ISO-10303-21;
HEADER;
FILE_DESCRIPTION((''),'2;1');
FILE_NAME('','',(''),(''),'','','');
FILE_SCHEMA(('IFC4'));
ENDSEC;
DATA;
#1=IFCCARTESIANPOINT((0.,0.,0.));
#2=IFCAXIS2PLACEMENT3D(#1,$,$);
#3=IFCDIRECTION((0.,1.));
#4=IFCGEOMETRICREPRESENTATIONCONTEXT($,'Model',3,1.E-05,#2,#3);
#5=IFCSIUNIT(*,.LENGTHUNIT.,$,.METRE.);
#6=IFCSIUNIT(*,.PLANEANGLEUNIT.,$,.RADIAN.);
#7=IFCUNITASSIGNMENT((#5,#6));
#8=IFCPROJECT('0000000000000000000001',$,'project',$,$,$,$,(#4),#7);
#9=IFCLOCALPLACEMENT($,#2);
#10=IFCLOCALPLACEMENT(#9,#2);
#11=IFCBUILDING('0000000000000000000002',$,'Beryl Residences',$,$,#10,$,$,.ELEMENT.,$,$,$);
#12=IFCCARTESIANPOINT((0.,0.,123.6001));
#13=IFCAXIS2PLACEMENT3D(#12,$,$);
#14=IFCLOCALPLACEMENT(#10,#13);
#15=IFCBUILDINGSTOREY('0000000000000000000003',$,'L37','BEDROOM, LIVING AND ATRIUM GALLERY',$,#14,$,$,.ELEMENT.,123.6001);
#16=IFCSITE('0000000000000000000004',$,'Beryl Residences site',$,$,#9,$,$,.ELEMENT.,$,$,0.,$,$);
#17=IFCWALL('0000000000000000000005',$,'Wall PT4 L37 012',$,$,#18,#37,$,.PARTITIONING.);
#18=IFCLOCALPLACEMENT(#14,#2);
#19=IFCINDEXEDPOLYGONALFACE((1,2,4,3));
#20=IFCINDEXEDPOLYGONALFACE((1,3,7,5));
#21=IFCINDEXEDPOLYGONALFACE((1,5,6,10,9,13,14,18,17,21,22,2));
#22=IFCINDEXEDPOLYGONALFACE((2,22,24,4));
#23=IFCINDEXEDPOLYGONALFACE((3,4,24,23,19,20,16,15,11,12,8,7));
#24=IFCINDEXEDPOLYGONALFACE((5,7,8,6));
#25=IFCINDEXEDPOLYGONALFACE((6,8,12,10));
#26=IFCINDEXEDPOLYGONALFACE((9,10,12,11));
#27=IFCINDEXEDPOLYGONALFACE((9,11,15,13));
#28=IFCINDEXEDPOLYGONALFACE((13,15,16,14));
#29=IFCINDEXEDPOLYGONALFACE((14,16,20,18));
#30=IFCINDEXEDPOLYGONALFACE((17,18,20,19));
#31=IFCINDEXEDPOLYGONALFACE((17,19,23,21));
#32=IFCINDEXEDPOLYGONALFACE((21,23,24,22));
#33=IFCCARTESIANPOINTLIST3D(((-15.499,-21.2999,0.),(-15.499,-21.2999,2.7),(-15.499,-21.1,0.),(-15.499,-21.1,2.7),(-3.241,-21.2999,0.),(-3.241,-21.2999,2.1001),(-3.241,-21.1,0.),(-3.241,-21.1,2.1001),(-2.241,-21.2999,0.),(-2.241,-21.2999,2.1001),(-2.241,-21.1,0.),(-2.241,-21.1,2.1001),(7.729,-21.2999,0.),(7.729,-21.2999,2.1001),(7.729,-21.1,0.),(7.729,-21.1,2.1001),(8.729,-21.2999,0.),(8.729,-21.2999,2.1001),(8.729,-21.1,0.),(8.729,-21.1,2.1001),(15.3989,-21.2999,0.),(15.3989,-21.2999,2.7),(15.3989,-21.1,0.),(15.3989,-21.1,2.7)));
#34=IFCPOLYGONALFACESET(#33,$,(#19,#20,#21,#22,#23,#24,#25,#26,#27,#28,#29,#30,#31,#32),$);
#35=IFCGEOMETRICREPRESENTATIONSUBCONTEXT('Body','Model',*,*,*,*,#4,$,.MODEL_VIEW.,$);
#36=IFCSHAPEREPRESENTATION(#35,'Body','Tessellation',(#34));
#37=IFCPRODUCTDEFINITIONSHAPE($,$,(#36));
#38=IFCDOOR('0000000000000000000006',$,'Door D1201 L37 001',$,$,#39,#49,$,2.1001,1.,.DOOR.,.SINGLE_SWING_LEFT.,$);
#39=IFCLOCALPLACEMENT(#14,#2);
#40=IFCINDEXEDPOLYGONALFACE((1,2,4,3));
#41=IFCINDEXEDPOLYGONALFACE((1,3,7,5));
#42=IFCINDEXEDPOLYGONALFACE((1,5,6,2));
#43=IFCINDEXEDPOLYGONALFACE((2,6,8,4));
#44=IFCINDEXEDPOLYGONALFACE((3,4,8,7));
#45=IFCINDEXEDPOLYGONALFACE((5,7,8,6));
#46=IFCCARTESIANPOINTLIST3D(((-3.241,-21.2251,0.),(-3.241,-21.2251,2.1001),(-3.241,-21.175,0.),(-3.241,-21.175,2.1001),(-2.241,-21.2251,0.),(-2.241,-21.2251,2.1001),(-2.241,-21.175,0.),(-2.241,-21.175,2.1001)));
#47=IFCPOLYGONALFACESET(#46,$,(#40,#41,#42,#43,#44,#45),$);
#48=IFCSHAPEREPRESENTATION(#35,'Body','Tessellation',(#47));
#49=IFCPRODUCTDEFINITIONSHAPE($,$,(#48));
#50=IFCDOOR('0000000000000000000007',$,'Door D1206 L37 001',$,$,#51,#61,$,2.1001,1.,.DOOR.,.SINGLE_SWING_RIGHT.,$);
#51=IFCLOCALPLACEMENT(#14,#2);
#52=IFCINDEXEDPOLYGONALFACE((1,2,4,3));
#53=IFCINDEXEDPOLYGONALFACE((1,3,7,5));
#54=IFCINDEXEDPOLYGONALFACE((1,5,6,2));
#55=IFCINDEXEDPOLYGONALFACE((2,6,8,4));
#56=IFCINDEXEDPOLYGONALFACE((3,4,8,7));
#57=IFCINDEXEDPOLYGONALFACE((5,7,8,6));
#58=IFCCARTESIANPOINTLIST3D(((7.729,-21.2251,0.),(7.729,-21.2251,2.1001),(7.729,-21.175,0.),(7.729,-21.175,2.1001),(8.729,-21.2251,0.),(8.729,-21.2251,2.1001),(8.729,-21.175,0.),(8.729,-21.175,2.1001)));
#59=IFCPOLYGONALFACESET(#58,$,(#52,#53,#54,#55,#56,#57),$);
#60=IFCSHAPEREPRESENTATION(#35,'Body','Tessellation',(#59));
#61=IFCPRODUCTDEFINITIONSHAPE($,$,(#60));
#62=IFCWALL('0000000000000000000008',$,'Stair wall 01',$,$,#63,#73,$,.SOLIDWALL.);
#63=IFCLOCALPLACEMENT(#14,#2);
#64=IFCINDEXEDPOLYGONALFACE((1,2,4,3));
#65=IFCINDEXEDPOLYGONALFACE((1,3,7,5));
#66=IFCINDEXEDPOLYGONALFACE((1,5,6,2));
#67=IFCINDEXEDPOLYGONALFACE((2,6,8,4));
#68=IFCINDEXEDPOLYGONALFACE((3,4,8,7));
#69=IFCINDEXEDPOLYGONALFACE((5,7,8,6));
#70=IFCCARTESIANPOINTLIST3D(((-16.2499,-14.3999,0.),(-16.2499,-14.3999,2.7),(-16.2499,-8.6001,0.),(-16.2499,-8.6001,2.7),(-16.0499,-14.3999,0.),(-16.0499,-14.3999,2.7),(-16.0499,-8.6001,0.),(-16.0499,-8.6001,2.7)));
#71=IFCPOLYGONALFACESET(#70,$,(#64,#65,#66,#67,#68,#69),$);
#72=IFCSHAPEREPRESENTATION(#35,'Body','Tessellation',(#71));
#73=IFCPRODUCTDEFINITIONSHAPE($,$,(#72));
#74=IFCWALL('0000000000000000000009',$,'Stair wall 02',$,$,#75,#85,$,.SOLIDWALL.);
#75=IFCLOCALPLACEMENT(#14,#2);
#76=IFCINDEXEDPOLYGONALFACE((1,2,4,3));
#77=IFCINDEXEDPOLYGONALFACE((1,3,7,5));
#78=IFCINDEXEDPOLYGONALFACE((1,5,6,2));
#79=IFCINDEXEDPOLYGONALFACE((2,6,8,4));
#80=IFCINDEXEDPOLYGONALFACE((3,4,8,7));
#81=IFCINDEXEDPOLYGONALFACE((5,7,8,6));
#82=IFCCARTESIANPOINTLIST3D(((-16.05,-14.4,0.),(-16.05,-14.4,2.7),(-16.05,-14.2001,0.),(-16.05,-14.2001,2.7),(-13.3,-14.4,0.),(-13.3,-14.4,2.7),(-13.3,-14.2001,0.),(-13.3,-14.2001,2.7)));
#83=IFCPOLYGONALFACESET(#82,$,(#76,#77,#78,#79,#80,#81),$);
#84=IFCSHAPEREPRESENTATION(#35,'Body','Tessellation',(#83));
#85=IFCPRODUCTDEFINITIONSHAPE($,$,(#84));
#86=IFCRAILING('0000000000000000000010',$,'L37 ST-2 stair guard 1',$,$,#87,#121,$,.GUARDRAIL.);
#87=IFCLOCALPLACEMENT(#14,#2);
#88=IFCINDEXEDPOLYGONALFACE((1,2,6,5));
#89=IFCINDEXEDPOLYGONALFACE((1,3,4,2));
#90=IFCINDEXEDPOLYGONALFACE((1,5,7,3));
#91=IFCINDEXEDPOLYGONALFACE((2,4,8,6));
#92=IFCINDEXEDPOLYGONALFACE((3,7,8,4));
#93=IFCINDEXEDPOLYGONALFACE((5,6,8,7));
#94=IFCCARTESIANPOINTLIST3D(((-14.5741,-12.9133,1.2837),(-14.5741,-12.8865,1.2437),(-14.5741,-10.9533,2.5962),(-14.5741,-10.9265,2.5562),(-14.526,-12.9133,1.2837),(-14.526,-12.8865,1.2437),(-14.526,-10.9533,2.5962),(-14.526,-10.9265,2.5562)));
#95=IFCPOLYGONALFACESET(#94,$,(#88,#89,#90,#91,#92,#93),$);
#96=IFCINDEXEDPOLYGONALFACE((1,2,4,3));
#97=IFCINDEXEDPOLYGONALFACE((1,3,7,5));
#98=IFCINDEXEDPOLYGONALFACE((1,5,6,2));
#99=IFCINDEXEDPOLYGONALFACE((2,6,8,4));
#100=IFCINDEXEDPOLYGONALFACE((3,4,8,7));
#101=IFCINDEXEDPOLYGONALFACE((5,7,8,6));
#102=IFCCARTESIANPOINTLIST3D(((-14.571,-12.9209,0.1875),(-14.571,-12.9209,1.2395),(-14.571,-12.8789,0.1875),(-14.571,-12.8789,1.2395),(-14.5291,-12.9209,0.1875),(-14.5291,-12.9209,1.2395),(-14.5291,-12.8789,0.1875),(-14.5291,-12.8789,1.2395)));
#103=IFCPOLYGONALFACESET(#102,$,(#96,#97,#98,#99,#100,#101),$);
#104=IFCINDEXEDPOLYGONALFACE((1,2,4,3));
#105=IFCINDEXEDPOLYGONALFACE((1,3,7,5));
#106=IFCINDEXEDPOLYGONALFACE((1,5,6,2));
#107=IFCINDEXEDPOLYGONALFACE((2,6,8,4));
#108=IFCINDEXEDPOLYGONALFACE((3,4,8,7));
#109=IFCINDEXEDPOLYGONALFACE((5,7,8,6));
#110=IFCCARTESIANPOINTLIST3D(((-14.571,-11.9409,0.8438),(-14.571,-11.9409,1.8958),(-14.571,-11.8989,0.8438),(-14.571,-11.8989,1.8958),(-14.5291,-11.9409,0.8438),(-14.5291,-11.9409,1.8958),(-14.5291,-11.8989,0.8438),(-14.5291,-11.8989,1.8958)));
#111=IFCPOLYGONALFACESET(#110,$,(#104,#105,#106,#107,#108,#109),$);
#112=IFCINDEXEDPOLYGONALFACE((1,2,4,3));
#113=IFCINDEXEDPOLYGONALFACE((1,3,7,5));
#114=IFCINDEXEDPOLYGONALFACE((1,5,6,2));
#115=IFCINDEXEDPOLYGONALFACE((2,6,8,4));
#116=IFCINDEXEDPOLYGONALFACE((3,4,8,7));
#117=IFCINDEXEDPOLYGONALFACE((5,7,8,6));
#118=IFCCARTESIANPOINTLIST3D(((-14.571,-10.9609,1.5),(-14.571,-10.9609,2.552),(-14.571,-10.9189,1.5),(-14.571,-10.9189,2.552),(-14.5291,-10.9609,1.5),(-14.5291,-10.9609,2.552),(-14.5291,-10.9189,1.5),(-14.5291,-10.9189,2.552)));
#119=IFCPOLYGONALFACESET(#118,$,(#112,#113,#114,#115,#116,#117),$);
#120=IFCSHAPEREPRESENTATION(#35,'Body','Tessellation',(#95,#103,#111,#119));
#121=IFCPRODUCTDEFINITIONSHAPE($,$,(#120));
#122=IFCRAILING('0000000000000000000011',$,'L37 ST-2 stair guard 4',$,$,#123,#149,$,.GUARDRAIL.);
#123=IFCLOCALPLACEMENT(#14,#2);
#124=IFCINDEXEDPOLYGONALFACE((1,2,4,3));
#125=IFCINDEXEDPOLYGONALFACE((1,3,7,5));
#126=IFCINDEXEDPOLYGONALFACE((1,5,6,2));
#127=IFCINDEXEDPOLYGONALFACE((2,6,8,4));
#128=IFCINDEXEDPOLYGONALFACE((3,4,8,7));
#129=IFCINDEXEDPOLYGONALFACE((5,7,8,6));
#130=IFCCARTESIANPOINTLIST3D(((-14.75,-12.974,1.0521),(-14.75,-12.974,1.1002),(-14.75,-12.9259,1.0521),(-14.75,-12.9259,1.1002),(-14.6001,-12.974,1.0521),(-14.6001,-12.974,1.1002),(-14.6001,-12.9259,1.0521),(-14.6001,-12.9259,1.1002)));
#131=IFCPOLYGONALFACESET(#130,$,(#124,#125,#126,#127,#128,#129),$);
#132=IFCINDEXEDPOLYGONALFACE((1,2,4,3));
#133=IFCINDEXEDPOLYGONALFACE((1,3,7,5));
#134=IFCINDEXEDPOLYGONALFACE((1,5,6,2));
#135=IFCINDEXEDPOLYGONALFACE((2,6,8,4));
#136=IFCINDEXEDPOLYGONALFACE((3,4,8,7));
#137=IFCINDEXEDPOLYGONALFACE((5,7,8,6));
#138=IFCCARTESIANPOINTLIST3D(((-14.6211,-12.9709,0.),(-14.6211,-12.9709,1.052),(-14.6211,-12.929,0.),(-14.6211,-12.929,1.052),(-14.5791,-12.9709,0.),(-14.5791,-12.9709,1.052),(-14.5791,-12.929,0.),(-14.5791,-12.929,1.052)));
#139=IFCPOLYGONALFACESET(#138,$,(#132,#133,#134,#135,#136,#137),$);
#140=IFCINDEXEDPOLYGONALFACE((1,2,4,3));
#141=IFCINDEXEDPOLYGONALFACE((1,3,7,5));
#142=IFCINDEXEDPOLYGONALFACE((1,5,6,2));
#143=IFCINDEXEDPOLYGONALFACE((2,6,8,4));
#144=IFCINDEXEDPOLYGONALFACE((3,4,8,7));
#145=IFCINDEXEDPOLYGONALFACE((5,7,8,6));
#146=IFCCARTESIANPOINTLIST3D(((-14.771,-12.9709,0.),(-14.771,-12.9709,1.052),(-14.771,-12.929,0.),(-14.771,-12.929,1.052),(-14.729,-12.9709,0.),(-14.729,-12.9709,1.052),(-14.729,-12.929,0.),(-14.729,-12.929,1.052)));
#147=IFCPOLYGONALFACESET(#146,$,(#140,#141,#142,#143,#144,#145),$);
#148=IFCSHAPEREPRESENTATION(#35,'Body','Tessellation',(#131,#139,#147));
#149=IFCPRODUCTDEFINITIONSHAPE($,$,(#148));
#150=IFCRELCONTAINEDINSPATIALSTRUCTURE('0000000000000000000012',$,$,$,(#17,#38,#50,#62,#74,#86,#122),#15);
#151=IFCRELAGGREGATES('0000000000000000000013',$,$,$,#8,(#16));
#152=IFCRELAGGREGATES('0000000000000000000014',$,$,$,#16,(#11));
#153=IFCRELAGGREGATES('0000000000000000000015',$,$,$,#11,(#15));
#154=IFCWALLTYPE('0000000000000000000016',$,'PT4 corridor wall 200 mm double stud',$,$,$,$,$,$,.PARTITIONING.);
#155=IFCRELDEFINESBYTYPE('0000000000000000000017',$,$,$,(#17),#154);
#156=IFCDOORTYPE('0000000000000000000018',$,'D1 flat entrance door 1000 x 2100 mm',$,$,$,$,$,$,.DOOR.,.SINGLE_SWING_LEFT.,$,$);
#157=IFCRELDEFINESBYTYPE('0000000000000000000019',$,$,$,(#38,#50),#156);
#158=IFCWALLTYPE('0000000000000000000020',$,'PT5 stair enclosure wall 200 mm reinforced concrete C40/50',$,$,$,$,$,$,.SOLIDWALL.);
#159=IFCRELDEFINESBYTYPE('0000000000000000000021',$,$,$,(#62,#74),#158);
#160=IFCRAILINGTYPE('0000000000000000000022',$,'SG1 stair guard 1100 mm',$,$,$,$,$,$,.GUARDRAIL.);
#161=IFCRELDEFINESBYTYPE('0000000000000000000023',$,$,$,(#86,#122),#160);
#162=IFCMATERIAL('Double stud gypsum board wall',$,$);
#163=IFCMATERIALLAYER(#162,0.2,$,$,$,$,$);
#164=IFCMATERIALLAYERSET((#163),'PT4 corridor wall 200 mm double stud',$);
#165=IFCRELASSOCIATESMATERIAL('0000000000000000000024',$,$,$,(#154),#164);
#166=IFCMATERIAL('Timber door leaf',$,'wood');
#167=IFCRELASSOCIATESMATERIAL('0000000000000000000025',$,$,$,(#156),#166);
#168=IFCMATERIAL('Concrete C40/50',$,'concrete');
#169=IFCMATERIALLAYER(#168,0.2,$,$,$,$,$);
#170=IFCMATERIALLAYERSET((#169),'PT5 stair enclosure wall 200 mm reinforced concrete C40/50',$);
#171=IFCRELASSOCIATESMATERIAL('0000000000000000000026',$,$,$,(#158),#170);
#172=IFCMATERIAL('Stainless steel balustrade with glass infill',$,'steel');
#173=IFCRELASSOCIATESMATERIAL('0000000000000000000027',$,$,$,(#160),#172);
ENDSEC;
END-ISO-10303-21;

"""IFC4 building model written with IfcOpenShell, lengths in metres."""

from ifc_helpers import new_model, si_unit, direction, frame, frame_2d, origin, origin_2d, place, context, subcontext, project, spatial, rectangle, extrude, material, layer, layer_set, type_object, element, fill, save


model = new_model("IFC4")

# Units and contexts
model_context = context("Model", 3, precision=1e-05, world=origin(), true_north=direction((0.0, 1.0)))
body_context = subcontext(model_context, "Body", "Model", "MODEL_VIEW")
ifc_project = project(units=[si_unit("LENGTHUNIT", "METRE"), si_unit("PLANEANGLEUNIT", "RADIAN")], contexts=[model_context])

# Site, building, storey
site_placement = place(None, origin())
site = spatial("IfcSite", under=ifc_project, at=site_placement, Name="Beryl Residences site", CompositionType="ELEMENT", RefElevation=0.0)
building_placement = place(site_placement, origin())
building = spatial("IfcBuilding", under=site, at=building_placement, Name="Beryl Residences", CompositionType="ELEMENT")
storey_placement = place(building_placement, frame((0.0, 0.0, 123.6001)))
storey = spatial("IfcBuildingStorey", under=building, at=storey_placement, Name="L37", Description="BEDROOM, LIVING AND ATRIUM GALLERY", CompositionType="ELEMENT", Elevation=123.6001)

# Shared definitions
ifc_material_1 = material(Name="Double stud gypsum board wall")
ifc_layer_1 = layer(ifc_material_1, 0.2)
ifc_layer_set_1 = layer_set([ifc_layer_1], Name="PT4 corridor wall 200 mm double stud")
wall_type_1 = type_object("IfcWallType", Name="PT4 corridor wall 200 mm double stud", PredefinedType="PARTITIONING", material=ifc_layer_set_1)

# Wall, openings, doors
wall_1_placement = place(storey_placement, frame((-15.499, -21.2, 0.0), z_axis=(0.0, 0.0, 1.0), x_axis=(1.0, 0.0, 0.0)))
wall_1 = element("IfcWall", 1, at=wall_1_placement, inside=storey, type_object=wall_type_1, Name="Wall PT4 L37 012", PredefinedType="PARTITIONING", context=body_context, shape_type="SweptSolid", body=[
    extrude(rectangle(XDim=30.8979, YDim=0.2, at=frame_2d((15.449, 0.0))), origin(), (0.0, 0.0, 1.0), 2.7),
])
opening_1_placement = place(wall_1_placement, frame((12.2581, 0.0, 0.0)))
opening_1 = element("IfcOpeningElement", 2, at=opening_1_placement, cuts=wall_1, PredefinedType="OPENING", context=body_context, shape_type="SweptSolid", body=[
    extrude(rectangle(XDim=1.0, YDim=2.1001, at=frame_2d((0.5, 1.05))), frame((0.0, 0.1099, 0.0), z_axis=(0.0, -1.0, 0.0), x_axis=(1.0, 0.0, 0.0)), (0.0, 0.0, 1.0), 0.22),
])
opening_2_placement = place(wall_1_placement, frame((23.228, 0.0, 0.0)))
opening_2 = element("IfcOpeningElement", 3, at=opening_2_placement, cuts=wall_1, PredefinedType="OPENING", context=body_context, shape_type="SweptSolid", body=[
    extrude(rectangle(XDim=1.0, YDim=2.1001, at=frame_2d((0.5, 1.05))), frame((0.0, 0.1099, 0.0), z_axis=(0.0, -1.0, 0.0), x_axis=(1.0, 0.0, 0.0)), (0.0, 0.0, 1.0), 0.22),
])
ifc_material_2 = material(Name="Timber door leaf", Category="wood")
door_type_1 = type_object("IfcDoorType", Name="D1 flat entrance door 1000 x 2100 mm", OperationType="SINGLE_SWING_LEFT", PredefinedType="DOOR", material=ifc_material_2)
door_1_placement = place(opening_1_placement, origin())
door_1 = element("IfcDoor", 4, at=door_1_placement, inside=storey, type_object=door_type_1, Name="Door D1201 L37 001", OperationType="SINGLE_SWING_LEFT", OverallHeight=2.1001, OverallWidth=1.0, PredefinedType="DOOR", context=body_context, shape_type="SweptSolid", body=[
    extrude(rectangle(XDim=1.0, YDim=2.1001, at=frame_2d((0.5, 1.05))), frame((0.0, 0.0249, 0.0), z_axis=(0.0, -1.0, 0.0), x_axis=(1.0, 0.0, 0.0)), (0.0, 0.0, 1.0), 0.05),
])
fill(opening_1, door_1)
door_2_placement = place(opening_2_placement, origin())
door_2 = element("IfcDoor", 5, at=door_2_placement, inside=storey, type_object=door_type_1, Name="Door D1206 L37 001", OperationType="SINGLE_SWING_RIGHT", OverallHeight=2.1001, OverallWidth=1.0, PredefinedType="DOOR", context=body_context, shape_type="SweptSolid", body=[
    extrude(rectangle(XDim=1.0, YDim=2.1001, at=frame_2d((0.5, 1.05))), frame((0.0, 0.0249, 0.0), z_axis=(0.0, -1.0, 0.0), x_axis=(1.0, 0.0, 0.0)), (0.0, 0.0, 1.0), 0.05),
])
fill(opening_2, door_2)

# Walls
ifc_material_3 = material(Name="Concrete C40/50", Category="concrete")
ifc_layer_2 = layer(ifc_material_3, 0.2)
ifc_layer_set_2 = layer_set([ifc_layer_2], Name="PT5 stair enclosure wall 200 mm reinforced concrete C40/50")
wall_type_2 = type_object("IfcWallType", Name="PT5 stair enclosure wall 200 mm reinforced concrete C40/50", PredefinedType="SOLIDWALL", material=ifc_layer_set_2)
wall_2_placement = place(storey_placement, frame((-16.1499, -14.3999, 0.0), z_axis=(0.0, 0.0, 1.0), x_axis=(0.0, 1.0, 0.0)))
element("IfcWall", 6, at=wall_2_placement, inside=storey, type_object=wall_type_2, Name="Stair wall 01", PredefinedType="SOLIDWALL", context=body_context, shape_type="SweptSolid", body=[
    extrude(rectangle(XDim=5.7998, YDim=0.2, at=frame_2d((2.8999, 0.0))), origin(), (0.0, 0.0, 1.0), 2.7),
])
wall_3_placement = place(storey_placement, frame((-16.05, -14.3, 0.0), z_axis=(0.0, 0.0, 1.0), x_axis=(1.0, 0.0, 0.0)))
element("IfcWall", 7, at=wall_3_placement, inside=storey, type_object=wall_type_2, Name="Stair wall 02", PredefinedType="SOLIDWALL", context=body_context, shape_type="SweptSolid", body=[
    extrude(rectangle(XDim=2.75, YDim=0.2, at=frame_2d((1.375, 0.0))), origin(), (0.0, 0.0, 1.0), 2.7),
])

# Railings
ifc_material_4 = material(Name="Stainless steel balustrade with glass infill", Category="steel")
railing_type = type_object("IfcRailingType", Name="SG1 stair guard 1100 mm", PredefinedType="GUARDRAIL", material=ifc_material_4)
railing_1_placement = place(storey_placement, frame((-14.55, -12.8999, 0.1875)))
element("IfcRailing", 8, at=railing_1_placement, inside=storey, type_object=railing_type, Name="L37 ST-2 stair guard 1", PredefinedType="GUARDRAIL", context=body_context, shape_type="SweptSolid", body=[
    extrude(rectangle(XDim=0.0481, YDim=0.0481, at=origin_2d()), frame((0.0, 0.0, 1.0762), z_axis=(0.0, 0.830902, 0.556419), x_axis=(-1.0, 0.0, 0.0)), (0.0, 0.0, 1.0), 2.3589),
    extrude(rectangle(XDim=0.042, YDim=0.042, at=origin_2d()), origin(), (0.0, 0.0, 1.0), 1.052),
    extrude(rectangle(XDim=0.042, YDim=0.042, at=origin_2d()), frame((0.0, 0.98, 0.6562)), (0.0, 0.0, 1.0), 1.052),
    extrude(rectangle(XDim=0.042, YDim=0.042, at=origin_2d()), frame((0.0, 1.96, 1.3125)), (0.0, 0.0, 1.0), 1.052),
])
railing_2_placement = place(storey_placement, frame((-14.6001, -12.95, 0.0)))
element("IfcRailing", 9, at=railing_2_placement, inside=storey, type_object=railing_type, Name="L37 ST-2 stair guard 4", PredefinedType="GUARDRAIL", context=body_context, shape_type="SweptSolid", body=[
    extrude(rectangle(XDim=0.0481, YDim=0.0481, at=origin_2d()), frame((0.0, 0.0, 1.0762), z_axis=(-1.0, 0.0, 0.0), x_axis=(0.0, -1.0, 0.0)), (0.0, 0.0, 1.0), 0.1499),
    extrude(rectangle(XDim=0.042, YDim=0.042, at=origin_2d()), origin(), (0.0, 0.0, 1.0), 1.052),
    extrude(rectangle(XDim=0.042, YDim=0.042, at=origin_2d()), frame((-0.1499, 0.0, 0.0)), (0.0, 0.0, 1.0), 1.052),
])

save(model, "model.ifc")
